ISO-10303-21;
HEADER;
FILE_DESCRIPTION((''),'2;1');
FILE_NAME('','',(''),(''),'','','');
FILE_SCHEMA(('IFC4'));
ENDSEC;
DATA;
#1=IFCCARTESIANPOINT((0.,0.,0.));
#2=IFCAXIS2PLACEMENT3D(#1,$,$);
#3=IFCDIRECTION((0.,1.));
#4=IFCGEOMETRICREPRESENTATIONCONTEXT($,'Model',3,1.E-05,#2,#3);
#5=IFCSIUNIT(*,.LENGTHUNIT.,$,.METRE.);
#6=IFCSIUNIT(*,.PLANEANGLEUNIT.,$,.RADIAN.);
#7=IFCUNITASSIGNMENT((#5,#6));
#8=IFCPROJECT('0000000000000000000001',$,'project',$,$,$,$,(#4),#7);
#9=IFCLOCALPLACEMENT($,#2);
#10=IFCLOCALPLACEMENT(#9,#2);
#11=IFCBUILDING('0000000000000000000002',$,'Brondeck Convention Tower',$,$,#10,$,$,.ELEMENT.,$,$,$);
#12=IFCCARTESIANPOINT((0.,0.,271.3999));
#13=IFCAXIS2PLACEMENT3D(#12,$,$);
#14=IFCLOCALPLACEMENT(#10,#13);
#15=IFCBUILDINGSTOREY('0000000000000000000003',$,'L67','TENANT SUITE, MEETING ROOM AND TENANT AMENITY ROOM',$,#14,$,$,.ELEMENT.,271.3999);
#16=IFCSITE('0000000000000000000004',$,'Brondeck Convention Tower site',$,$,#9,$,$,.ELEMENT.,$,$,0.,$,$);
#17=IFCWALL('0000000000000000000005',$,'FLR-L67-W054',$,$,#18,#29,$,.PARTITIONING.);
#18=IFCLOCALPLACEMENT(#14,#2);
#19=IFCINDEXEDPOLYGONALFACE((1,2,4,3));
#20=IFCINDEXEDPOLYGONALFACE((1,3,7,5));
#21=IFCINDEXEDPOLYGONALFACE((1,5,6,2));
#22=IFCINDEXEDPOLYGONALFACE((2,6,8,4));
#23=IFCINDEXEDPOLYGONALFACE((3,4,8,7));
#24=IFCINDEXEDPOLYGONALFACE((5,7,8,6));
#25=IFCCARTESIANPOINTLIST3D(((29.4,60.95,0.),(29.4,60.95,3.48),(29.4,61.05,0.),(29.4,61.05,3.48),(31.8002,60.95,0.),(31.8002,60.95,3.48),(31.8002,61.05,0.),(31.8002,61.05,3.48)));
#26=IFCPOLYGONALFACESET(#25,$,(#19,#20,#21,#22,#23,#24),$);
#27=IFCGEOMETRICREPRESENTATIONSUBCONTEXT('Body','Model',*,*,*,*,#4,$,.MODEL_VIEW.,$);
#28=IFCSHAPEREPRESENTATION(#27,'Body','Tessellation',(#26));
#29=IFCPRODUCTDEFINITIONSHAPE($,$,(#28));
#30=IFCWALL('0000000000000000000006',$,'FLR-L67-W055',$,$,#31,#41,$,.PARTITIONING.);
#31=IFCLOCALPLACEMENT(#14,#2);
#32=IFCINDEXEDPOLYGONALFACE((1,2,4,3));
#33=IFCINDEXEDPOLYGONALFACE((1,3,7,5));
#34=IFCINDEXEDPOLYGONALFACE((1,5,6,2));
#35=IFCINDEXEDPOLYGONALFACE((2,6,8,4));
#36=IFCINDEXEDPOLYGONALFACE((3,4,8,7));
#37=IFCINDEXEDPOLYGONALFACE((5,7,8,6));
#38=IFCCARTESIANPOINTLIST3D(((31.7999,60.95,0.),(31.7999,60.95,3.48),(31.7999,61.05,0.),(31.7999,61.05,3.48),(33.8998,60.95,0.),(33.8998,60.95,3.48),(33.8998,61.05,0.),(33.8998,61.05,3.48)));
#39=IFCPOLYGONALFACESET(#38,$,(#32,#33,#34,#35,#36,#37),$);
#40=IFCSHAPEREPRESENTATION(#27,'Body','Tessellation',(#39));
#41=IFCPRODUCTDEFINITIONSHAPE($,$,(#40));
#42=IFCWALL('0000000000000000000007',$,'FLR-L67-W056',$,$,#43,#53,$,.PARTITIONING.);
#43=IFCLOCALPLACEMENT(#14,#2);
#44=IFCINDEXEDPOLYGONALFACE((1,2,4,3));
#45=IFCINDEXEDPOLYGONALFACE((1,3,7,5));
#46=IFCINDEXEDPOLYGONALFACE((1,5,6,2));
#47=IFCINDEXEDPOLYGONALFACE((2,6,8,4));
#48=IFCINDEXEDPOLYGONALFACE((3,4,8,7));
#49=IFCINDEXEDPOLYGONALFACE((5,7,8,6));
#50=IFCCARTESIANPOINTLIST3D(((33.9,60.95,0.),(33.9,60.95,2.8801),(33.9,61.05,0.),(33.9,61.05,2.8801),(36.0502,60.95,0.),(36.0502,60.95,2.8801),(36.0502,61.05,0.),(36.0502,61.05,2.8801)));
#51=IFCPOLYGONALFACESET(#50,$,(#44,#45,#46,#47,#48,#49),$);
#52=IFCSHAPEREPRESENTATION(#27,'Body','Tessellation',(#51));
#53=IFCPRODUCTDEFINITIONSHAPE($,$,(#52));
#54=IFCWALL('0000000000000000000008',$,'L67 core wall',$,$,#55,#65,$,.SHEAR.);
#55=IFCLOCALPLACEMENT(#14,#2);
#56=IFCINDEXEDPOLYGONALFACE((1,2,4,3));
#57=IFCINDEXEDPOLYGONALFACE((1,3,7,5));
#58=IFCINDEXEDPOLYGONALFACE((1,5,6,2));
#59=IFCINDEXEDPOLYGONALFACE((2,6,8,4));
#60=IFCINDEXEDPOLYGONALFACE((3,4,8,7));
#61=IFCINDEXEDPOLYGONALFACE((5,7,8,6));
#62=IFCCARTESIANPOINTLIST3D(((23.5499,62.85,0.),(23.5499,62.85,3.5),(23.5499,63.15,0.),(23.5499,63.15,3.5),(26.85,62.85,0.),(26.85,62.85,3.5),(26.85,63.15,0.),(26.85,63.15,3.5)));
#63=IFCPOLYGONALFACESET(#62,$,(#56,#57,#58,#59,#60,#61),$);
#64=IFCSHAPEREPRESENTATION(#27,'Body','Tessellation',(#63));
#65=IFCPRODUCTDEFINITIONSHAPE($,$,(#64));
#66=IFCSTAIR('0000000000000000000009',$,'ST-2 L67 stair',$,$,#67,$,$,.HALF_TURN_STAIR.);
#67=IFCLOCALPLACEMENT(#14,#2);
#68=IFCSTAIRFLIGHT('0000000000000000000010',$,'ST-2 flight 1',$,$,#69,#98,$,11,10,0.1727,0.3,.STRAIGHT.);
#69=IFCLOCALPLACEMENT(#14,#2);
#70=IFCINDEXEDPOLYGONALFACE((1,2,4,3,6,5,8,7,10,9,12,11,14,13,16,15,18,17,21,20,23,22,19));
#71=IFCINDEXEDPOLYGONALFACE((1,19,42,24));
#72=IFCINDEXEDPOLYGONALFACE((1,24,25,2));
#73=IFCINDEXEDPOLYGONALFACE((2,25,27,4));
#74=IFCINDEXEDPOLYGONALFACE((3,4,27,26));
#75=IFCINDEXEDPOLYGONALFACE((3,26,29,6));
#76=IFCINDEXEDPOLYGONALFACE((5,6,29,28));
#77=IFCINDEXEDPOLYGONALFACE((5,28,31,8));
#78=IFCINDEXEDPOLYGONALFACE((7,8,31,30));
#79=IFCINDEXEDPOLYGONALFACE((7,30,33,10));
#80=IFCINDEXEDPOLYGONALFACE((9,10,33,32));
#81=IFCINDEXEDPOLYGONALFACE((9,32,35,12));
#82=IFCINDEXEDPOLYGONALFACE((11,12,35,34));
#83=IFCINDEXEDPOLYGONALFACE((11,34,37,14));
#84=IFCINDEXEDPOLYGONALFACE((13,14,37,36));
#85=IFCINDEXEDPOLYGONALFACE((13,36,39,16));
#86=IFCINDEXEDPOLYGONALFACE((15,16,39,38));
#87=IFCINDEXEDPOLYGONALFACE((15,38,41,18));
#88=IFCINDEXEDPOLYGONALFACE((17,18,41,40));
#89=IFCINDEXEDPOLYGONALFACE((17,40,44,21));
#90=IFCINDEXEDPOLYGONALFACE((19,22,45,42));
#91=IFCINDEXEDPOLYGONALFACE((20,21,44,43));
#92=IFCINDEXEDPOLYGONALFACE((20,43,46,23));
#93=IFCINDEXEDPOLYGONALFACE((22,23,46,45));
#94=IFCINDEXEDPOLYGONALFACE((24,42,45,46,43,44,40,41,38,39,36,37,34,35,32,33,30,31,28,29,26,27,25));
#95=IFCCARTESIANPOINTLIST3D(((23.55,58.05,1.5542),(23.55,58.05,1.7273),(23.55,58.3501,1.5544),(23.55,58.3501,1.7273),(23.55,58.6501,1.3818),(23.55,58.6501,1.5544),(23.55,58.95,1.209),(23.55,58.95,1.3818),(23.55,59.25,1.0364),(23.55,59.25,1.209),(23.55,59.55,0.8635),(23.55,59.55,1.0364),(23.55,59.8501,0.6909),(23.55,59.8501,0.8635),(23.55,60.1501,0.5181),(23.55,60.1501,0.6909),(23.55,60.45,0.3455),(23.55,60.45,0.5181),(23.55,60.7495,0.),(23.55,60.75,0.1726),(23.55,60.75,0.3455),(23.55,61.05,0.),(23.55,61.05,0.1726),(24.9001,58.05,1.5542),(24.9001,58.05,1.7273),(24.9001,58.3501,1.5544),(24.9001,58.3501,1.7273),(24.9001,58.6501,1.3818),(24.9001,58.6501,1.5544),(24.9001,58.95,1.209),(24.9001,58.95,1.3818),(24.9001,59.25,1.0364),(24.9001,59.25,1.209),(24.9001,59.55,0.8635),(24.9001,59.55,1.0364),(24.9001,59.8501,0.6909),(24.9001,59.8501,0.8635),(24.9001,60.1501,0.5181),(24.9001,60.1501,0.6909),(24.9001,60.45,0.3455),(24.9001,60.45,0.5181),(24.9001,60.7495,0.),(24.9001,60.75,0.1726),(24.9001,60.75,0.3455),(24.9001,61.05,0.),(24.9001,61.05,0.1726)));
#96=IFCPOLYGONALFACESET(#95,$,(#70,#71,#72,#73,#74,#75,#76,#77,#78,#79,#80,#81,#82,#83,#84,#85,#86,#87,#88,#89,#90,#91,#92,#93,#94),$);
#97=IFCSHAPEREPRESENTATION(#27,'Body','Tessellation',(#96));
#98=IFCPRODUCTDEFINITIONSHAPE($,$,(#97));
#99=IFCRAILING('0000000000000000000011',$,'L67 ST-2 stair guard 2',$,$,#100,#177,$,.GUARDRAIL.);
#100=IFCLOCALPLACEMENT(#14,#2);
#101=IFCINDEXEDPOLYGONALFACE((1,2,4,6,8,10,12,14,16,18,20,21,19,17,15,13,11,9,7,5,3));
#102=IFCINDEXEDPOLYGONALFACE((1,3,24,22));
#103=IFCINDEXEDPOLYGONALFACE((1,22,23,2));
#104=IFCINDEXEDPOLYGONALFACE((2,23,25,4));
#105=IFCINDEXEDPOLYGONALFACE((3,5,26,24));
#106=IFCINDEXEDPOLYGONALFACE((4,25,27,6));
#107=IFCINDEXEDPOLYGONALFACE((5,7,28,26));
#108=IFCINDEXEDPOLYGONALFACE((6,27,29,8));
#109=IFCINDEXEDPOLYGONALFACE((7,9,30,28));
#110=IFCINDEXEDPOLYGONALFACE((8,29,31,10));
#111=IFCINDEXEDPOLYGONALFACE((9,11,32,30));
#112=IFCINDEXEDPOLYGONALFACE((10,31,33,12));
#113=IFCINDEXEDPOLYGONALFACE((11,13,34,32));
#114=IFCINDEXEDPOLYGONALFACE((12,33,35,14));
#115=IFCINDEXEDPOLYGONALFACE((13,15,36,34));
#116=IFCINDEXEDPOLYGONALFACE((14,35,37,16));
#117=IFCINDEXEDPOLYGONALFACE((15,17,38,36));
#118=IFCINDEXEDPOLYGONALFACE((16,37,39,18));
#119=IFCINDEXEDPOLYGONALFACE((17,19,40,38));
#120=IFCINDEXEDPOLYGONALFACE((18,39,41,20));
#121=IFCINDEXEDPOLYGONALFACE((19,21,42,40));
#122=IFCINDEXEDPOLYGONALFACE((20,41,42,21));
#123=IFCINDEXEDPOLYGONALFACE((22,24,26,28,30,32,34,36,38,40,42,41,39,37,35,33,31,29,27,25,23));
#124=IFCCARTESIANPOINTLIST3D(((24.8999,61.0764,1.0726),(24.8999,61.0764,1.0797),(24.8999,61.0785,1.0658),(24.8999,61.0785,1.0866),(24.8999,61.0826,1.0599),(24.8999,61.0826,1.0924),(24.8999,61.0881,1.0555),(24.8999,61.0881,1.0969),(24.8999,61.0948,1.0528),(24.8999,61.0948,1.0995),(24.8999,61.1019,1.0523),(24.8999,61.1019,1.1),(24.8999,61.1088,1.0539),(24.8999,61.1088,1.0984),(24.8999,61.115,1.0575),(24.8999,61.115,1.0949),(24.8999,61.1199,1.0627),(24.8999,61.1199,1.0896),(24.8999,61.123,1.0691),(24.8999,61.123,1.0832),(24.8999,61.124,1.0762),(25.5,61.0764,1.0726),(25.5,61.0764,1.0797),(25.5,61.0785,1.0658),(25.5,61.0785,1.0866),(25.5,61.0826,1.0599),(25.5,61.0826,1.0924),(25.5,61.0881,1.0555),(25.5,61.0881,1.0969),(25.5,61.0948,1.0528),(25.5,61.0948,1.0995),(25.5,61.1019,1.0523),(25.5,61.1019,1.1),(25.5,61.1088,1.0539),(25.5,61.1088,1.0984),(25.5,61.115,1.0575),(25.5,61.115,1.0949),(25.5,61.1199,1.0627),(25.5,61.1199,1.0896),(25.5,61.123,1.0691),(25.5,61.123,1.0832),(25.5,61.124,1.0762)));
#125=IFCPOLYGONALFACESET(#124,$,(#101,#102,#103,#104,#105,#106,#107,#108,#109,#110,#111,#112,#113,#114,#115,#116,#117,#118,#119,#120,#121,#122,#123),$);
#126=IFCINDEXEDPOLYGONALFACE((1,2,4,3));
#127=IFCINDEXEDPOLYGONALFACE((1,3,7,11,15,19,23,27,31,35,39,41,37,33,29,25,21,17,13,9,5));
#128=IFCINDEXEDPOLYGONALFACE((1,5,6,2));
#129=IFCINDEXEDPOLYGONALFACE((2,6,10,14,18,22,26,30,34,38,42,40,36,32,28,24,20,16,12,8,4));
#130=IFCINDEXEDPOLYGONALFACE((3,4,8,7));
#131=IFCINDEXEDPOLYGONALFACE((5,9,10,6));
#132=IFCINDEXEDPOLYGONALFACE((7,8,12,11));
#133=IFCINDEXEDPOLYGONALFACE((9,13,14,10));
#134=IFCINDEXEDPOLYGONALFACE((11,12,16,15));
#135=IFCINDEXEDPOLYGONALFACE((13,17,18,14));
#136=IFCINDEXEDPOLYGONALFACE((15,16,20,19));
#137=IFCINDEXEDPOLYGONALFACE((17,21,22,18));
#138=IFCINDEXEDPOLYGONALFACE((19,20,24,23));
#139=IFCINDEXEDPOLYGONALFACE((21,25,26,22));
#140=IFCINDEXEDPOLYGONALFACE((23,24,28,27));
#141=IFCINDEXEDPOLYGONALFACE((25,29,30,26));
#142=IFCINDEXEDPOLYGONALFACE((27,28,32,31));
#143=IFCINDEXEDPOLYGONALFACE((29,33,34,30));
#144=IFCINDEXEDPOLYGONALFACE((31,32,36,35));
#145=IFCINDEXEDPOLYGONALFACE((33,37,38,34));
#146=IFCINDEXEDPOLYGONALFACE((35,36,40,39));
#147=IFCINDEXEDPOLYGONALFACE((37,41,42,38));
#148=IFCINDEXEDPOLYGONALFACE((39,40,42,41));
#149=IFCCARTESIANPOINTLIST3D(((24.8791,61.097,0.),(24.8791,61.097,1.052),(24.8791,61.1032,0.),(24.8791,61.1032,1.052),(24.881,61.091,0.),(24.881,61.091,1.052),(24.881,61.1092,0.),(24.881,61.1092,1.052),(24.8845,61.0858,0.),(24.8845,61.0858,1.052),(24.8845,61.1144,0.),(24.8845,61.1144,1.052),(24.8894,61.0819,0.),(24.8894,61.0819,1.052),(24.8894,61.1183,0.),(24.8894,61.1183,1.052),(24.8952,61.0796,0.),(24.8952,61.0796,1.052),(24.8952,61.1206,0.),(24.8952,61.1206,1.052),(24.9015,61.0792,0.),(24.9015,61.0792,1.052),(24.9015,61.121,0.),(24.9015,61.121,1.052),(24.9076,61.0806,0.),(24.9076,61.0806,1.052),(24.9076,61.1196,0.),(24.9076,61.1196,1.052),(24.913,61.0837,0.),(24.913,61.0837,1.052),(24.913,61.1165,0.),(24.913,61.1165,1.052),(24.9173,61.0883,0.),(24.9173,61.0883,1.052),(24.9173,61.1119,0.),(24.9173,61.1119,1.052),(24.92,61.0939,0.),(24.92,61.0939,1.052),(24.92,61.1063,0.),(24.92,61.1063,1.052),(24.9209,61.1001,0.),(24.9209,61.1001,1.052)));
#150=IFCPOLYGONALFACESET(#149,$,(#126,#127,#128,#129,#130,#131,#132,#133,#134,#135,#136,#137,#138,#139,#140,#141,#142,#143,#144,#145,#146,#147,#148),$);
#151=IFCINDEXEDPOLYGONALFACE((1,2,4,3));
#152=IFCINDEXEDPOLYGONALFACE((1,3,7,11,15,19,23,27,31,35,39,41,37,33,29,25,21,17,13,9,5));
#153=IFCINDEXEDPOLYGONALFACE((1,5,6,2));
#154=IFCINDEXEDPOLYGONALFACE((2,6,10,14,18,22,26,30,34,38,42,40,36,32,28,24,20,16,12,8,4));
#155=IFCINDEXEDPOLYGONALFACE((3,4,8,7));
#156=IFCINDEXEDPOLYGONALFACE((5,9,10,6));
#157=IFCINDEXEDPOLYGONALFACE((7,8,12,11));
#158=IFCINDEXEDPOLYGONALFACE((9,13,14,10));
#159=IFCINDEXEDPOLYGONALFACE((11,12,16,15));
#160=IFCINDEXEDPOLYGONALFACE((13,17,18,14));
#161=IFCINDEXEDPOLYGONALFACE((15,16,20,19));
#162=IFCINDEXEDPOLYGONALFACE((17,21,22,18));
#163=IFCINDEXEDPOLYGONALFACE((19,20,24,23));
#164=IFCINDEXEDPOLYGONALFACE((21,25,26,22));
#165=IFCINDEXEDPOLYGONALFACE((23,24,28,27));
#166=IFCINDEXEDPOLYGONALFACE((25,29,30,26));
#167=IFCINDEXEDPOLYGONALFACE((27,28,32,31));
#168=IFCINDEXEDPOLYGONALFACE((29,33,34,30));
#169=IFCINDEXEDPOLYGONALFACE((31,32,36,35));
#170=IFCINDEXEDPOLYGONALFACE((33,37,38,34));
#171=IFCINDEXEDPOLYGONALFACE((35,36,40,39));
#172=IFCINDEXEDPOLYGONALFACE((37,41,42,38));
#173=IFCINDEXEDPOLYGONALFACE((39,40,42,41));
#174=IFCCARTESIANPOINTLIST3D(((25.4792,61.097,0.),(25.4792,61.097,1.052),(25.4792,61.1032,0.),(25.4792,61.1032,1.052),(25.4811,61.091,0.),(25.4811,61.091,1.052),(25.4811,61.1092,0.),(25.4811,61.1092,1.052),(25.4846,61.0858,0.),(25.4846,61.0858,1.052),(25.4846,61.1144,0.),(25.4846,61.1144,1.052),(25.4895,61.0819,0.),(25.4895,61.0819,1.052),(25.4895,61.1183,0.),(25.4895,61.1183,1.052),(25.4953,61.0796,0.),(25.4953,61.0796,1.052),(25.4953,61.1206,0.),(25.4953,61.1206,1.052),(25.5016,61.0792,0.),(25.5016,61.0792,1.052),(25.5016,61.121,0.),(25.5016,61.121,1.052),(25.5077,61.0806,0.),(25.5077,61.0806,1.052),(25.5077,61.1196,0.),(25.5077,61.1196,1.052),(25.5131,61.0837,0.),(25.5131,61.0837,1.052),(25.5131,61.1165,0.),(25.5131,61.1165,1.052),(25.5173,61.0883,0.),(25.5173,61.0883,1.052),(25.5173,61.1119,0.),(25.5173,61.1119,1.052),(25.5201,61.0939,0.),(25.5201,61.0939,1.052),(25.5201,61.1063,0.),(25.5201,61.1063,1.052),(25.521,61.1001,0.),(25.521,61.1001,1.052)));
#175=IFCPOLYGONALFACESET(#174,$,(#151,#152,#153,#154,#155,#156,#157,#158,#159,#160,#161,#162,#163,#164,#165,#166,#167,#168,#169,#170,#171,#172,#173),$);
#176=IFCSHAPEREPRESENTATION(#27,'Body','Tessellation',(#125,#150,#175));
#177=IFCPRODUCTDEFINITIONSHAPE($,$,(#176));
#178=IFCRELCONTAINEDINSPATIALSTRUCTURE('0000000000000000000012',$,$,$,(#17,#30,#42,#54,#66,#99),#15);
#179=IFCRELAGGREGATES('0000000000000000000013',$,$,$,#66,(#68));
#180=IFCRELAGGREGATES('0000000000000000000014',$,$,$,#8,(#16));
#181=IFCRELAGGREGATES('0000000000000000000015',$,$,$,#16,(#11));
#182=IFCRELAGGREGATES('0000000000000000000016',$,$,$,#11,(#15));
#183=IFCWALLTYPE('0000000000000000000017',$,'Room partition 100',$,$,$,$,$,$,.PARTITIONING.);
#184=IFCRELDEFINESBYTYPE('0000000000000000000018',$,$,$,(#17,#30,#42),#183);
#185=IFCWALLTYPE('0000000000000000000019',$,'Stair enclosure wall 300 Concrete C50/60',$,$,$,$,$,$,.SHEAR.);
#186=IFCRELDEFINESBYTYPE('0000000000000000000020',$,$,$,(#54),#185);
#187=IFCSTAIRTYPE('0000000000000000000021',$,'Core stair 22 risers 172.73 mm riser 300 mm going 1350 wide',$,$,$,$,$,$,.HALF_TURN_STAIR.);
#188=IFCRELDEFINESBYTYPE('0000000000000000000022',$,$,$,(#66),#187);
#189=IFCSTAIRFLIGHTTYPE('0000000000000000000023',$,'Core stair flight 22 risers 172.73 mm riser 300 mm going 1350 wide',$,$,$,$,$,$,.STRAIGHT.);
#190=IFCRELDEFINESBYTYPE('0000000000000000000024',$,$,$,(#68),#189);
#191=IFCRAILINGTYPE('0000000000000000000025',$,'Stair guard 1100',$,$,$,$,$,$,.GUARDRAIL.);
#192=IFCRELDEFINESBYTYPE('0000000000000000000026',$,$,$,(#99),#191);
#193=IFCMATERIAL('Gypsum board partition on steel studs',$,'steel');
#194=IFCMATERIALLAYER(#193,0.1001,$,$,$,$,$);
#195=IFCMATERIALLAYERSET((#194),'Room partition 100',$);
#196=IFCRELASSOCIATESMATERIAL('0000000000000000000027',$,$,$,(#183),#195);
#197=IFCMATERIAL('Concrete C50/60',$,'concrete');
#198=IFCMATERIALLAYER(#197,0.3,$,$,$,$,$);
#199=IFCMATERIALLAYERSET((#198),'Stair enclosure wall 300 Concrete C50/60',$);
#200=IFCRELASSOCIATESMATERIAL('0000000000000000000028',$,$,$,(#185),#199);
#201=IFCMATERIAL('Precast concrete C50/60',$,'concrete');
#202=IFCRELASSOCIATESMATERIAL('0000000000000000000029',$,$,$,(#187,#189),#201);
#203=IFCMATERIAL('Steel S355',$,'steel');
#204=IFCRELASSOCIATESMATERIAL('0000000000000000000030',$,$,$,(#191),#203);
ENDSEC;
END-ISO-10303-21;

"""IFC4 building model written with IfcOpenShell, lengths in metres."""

from ifc_helpers import new_model, si_unit, direction, frame, frame_2d, origin, origin_2d, place, context, subcontext, project, spatial, polyline, rectangle, circle, outline, extrude, material, layer, layer_set, type_object, element, aggregate, save


model = new_model("IFC4")

# Units and contexts
model_context = context("Model", 3, precision=1e-05, world=origin(), true_north=direction((0.0, 1.0)))
body_context = subcontext(model_context, "Body", "Model", "MODEL_VIEW")
ifc_project = project(units=[si_unit("LENGTHUNIT", "METRE"), si_unit("PLANEANGLEUNIT", "RADIAN")], contexts=[model_context])

# Site, building, storey
site_placement = place(None, origin())
site = spatial("IfcSite", under=ifc_project, at=site_placement, Name="Brondeck Convention Tower site", CompositionType="ELEMENT", RefElevation=0.0)
building_placement = place(site_placement, origin())
building = spatial("IfcBuilding", under=site, at=building_placement, Name="Brondeck Convention Tower", CompositionType="ELEMENT")
storey_placement = place(building_placement, frame((0.0, 0.0, 271.3999)))
storey = spatial("IfcBuildingStorey", under=building, at=storey_placement, Name="L67", Description="TENANT SUITE, MEETING ROOM AND TENANT AMENITY ROOM", CompositionType="ELEMENT", Elevation=271.3999)

# Shared definitions
ifc_material_1 = material(Name="Concrete C50/60", Category="concrete")

# Walls
ifc_material_2 = material(Name="Gypsum board partition on steel studs", Category="steel")
ifc_layer_1 = layer(ifc_material_2, 0.1001)
ifc_layer_set_1 = layer_set([ifc_layer_1], Name="Room partition 100")
wall_type_1 = type_object("IfcWallType", Name="Room partition 100", PredefinedType="PARTITIONING", material=ifc_layer_set_1)
wall_1_placement = place(storey_placement, frame((29.3999, 61.0, 0.0), z_axis=(0.0, 0.0, 1.0), x_axis=(1.0, 0.0, 0.0)))
element("IfcWall", 1, at=wall_1_placement, inside=storey, type_object=wall_type_1, Name="FLR-L67-W054", PredefinedType="PARTITIONING", context=body_context, shape_type="SweptSolid", body=[
    extrude(rectangle(XDim=2.4001, YDim=0.1001, at=frame_2d((1.2002, 0.0))), origin(), (0.0, 0.0, 1.0), 3.48),
])
wall_2_placement = place(storey_placement, frame((31.8, 61.0, 0.0), z_axis=(0.0, 0.0, 1.0), x_axis=(1.0, 0.0, 0.0)))
element("IfcWall", 2, at=wall_2_placement, inside=storey, type_object=wall_type_1, Name="FLR-L67-W055", PredefinedType="PARTITIONING", context=body_context, shape_type="SweptSolid", body=[
    extrude(rectangle(XDim=2.0999, YDim=0.1001, at=frame_2d((1.0498, 0.0))), origin(), (0.0, 0.0, 1.0), 3.48),
])
wall_3_placement = place(storey_placement, frame((33.8999, 61.0, 0.0), z_axis=(0.0, 0.0, 1.0), x_axis=(1.0, 0.0, 0.0)))
element("IfcWall", 3, at=wall_3_placement, inside=storey, type_object=wall_type_1, Name="FLR-L67-W056", PredefinedType="PARTITIONING", context=body_context, shape_type="SweptSolid", body=[
    extrude(rectangle(XDim=2.1501, YDim=0.1001, at=frame_2d((1.0752, 0.0))), origin(), (0.0, 0.0, 1.0), 2.8801),
])
ifc_layer_2 = layer(ifc_material_1, 0.3)
ifc_layer_set_2 = layer_set([ifc_layer_2], Name="Stair enclosure wall 300 Concrete C50/60")
wall_type_2 = type_object("IfcWallType", Name="Stair enclosure wall 300 Concrete C50/60", PredefinedType="SHEAR", material=ifc_layer_set_2)
wall_4_placement = place(storey_placement, frame((23.55, 63.0, 0.0), z_axis=(0.0, 0.0, 1.0), x_axis=(1.0, 0.0, 0.0)))
element("IfcWall", 4, at=wall_4_placement, inside=storey, type_object=wall_type_2, Name="L67 core wall", PredefinedType="SHEAR", context=body_context, shape_type="SweptSolid", body=[
    extrude(rectangle(XDim=3.3, YDim=0.3, at=frame_2d((1.6499, 0.0))), origin(), (0.0, 0.0, 1.0), 3.5),
])

# Stair, stair flight
ifc_material_3 = material(Name="Precast concrete C50/60", Category="concrete")
stair_type = type_object("IfcStairType", Name="Core stair 22 risers 172.73 mm riser 300 mm going 1350 wide", PredefinedType="HALF_TURN_STAIR", material=ifc_material_3)
stair_placement = place(storey_placement, origin())
stair = element("IfcStair", 5, at=stair_placement, inside=storey, type_object=stair_type, Name="ST-2 L67 stair", PredefinedType="HALF_TURN_STAIR")
stair_flight_type = type_object("IfcStairFlightType", Name="Core stair flight 22 risers 172.73 mm riser 300 mm going 1350 wide", PredefinedType="STRAIGHT", material=ifc_material_3)
stair_flight_placement = place(storey_placement, frame((24.2251, 61.05, 0.0), z_axis=(0.0, 0.0, 1.0), x_axis=(0.0, -1.0, 0.0)))
stair_flight = element("IfcStairFlight", 6, at=stair_flight_placement, type_object=stair_flight_type, Name="ST-2 flight 1", NumberOfRisers=11, NumberOfTreads=10, PredefinedType="STRAIGHT", RiserHeight=0.1727, TreadLength=0.3, context=body_context, shape_type="SweptSolid", body=[
    extrude(outline(polyline([(0.0, 0.0), (0.0, 0.1726), (0.3, 0.1726), (0.3, 0.3455), (0.6001, 0.3455), (0.6001, 0.5181), (0.8999, 0.5181), (0.8999, 0.6909), (1.2, 0.6909), (1.2, 0.8635), (1.5, 0.8635), (1.5, 1.0364), (1.8, 1.0364), (1.8, 1.209), (2.1001, 1.209), (2.1001, 1.3818), (2.3999, 1.3818), (2.3999, 1.5544), (2.7, 1.5544), (2.7, 1.7273), (3.0, 1.7273), (3.0, 1.8999), (3.0, 1.5542), (0.3005, 0.0), (0.0, 0.0)])), frame((0.0, 0.675, 0.0), z_axis=(0.0, -1.0, 0.0), x_axis=(1.0, 0.0, 0.0)), (0.0, 0.0, 1.0), 1.3501),
])
aggregate(stair, [stair_flight])

# Railing
ifc_material_4 = material(Name="Steel S355", Category="steel")
railing_type_1 = type_object("IfcRailingType", Name="Stair guard 1100", PredefinedType="GUARDRAIL", material=ifc_material_4)
railing_1_placement = place(storey_placement, frame((24.8999, 61.1001, 0.0)))
element("IfcRailing", 7, at=railing_1_placement, inside=storey, type_object=railing_type_1, Name="L67 ST-2 stair guard 2", PredefinedType="GUARDRAIL", context=body_context, shape_type="SweptSolid", body=[
    extrude(circle(Radius=0.0239, at=origin_2d()), frame((0.0, 0.0, 1.0762), z_axis=(1.0, 0.0, 0.0), x_axis=(0.0, 1.0, 0.0)), (0.0, 0.0, 1.0), 0.6001),
    extrude(circle(Radius=0.021, at=origin_2d()), origin(), (0.0, 0.0, 1.0), 1.052),
    extrude(circle(Radius=0.021, at=origin_2d()), frame((0.6001, 0.0, 0.0)), (0.0, 0.0, 1.0), 1.052),
])

save(model, "model.ifc")
